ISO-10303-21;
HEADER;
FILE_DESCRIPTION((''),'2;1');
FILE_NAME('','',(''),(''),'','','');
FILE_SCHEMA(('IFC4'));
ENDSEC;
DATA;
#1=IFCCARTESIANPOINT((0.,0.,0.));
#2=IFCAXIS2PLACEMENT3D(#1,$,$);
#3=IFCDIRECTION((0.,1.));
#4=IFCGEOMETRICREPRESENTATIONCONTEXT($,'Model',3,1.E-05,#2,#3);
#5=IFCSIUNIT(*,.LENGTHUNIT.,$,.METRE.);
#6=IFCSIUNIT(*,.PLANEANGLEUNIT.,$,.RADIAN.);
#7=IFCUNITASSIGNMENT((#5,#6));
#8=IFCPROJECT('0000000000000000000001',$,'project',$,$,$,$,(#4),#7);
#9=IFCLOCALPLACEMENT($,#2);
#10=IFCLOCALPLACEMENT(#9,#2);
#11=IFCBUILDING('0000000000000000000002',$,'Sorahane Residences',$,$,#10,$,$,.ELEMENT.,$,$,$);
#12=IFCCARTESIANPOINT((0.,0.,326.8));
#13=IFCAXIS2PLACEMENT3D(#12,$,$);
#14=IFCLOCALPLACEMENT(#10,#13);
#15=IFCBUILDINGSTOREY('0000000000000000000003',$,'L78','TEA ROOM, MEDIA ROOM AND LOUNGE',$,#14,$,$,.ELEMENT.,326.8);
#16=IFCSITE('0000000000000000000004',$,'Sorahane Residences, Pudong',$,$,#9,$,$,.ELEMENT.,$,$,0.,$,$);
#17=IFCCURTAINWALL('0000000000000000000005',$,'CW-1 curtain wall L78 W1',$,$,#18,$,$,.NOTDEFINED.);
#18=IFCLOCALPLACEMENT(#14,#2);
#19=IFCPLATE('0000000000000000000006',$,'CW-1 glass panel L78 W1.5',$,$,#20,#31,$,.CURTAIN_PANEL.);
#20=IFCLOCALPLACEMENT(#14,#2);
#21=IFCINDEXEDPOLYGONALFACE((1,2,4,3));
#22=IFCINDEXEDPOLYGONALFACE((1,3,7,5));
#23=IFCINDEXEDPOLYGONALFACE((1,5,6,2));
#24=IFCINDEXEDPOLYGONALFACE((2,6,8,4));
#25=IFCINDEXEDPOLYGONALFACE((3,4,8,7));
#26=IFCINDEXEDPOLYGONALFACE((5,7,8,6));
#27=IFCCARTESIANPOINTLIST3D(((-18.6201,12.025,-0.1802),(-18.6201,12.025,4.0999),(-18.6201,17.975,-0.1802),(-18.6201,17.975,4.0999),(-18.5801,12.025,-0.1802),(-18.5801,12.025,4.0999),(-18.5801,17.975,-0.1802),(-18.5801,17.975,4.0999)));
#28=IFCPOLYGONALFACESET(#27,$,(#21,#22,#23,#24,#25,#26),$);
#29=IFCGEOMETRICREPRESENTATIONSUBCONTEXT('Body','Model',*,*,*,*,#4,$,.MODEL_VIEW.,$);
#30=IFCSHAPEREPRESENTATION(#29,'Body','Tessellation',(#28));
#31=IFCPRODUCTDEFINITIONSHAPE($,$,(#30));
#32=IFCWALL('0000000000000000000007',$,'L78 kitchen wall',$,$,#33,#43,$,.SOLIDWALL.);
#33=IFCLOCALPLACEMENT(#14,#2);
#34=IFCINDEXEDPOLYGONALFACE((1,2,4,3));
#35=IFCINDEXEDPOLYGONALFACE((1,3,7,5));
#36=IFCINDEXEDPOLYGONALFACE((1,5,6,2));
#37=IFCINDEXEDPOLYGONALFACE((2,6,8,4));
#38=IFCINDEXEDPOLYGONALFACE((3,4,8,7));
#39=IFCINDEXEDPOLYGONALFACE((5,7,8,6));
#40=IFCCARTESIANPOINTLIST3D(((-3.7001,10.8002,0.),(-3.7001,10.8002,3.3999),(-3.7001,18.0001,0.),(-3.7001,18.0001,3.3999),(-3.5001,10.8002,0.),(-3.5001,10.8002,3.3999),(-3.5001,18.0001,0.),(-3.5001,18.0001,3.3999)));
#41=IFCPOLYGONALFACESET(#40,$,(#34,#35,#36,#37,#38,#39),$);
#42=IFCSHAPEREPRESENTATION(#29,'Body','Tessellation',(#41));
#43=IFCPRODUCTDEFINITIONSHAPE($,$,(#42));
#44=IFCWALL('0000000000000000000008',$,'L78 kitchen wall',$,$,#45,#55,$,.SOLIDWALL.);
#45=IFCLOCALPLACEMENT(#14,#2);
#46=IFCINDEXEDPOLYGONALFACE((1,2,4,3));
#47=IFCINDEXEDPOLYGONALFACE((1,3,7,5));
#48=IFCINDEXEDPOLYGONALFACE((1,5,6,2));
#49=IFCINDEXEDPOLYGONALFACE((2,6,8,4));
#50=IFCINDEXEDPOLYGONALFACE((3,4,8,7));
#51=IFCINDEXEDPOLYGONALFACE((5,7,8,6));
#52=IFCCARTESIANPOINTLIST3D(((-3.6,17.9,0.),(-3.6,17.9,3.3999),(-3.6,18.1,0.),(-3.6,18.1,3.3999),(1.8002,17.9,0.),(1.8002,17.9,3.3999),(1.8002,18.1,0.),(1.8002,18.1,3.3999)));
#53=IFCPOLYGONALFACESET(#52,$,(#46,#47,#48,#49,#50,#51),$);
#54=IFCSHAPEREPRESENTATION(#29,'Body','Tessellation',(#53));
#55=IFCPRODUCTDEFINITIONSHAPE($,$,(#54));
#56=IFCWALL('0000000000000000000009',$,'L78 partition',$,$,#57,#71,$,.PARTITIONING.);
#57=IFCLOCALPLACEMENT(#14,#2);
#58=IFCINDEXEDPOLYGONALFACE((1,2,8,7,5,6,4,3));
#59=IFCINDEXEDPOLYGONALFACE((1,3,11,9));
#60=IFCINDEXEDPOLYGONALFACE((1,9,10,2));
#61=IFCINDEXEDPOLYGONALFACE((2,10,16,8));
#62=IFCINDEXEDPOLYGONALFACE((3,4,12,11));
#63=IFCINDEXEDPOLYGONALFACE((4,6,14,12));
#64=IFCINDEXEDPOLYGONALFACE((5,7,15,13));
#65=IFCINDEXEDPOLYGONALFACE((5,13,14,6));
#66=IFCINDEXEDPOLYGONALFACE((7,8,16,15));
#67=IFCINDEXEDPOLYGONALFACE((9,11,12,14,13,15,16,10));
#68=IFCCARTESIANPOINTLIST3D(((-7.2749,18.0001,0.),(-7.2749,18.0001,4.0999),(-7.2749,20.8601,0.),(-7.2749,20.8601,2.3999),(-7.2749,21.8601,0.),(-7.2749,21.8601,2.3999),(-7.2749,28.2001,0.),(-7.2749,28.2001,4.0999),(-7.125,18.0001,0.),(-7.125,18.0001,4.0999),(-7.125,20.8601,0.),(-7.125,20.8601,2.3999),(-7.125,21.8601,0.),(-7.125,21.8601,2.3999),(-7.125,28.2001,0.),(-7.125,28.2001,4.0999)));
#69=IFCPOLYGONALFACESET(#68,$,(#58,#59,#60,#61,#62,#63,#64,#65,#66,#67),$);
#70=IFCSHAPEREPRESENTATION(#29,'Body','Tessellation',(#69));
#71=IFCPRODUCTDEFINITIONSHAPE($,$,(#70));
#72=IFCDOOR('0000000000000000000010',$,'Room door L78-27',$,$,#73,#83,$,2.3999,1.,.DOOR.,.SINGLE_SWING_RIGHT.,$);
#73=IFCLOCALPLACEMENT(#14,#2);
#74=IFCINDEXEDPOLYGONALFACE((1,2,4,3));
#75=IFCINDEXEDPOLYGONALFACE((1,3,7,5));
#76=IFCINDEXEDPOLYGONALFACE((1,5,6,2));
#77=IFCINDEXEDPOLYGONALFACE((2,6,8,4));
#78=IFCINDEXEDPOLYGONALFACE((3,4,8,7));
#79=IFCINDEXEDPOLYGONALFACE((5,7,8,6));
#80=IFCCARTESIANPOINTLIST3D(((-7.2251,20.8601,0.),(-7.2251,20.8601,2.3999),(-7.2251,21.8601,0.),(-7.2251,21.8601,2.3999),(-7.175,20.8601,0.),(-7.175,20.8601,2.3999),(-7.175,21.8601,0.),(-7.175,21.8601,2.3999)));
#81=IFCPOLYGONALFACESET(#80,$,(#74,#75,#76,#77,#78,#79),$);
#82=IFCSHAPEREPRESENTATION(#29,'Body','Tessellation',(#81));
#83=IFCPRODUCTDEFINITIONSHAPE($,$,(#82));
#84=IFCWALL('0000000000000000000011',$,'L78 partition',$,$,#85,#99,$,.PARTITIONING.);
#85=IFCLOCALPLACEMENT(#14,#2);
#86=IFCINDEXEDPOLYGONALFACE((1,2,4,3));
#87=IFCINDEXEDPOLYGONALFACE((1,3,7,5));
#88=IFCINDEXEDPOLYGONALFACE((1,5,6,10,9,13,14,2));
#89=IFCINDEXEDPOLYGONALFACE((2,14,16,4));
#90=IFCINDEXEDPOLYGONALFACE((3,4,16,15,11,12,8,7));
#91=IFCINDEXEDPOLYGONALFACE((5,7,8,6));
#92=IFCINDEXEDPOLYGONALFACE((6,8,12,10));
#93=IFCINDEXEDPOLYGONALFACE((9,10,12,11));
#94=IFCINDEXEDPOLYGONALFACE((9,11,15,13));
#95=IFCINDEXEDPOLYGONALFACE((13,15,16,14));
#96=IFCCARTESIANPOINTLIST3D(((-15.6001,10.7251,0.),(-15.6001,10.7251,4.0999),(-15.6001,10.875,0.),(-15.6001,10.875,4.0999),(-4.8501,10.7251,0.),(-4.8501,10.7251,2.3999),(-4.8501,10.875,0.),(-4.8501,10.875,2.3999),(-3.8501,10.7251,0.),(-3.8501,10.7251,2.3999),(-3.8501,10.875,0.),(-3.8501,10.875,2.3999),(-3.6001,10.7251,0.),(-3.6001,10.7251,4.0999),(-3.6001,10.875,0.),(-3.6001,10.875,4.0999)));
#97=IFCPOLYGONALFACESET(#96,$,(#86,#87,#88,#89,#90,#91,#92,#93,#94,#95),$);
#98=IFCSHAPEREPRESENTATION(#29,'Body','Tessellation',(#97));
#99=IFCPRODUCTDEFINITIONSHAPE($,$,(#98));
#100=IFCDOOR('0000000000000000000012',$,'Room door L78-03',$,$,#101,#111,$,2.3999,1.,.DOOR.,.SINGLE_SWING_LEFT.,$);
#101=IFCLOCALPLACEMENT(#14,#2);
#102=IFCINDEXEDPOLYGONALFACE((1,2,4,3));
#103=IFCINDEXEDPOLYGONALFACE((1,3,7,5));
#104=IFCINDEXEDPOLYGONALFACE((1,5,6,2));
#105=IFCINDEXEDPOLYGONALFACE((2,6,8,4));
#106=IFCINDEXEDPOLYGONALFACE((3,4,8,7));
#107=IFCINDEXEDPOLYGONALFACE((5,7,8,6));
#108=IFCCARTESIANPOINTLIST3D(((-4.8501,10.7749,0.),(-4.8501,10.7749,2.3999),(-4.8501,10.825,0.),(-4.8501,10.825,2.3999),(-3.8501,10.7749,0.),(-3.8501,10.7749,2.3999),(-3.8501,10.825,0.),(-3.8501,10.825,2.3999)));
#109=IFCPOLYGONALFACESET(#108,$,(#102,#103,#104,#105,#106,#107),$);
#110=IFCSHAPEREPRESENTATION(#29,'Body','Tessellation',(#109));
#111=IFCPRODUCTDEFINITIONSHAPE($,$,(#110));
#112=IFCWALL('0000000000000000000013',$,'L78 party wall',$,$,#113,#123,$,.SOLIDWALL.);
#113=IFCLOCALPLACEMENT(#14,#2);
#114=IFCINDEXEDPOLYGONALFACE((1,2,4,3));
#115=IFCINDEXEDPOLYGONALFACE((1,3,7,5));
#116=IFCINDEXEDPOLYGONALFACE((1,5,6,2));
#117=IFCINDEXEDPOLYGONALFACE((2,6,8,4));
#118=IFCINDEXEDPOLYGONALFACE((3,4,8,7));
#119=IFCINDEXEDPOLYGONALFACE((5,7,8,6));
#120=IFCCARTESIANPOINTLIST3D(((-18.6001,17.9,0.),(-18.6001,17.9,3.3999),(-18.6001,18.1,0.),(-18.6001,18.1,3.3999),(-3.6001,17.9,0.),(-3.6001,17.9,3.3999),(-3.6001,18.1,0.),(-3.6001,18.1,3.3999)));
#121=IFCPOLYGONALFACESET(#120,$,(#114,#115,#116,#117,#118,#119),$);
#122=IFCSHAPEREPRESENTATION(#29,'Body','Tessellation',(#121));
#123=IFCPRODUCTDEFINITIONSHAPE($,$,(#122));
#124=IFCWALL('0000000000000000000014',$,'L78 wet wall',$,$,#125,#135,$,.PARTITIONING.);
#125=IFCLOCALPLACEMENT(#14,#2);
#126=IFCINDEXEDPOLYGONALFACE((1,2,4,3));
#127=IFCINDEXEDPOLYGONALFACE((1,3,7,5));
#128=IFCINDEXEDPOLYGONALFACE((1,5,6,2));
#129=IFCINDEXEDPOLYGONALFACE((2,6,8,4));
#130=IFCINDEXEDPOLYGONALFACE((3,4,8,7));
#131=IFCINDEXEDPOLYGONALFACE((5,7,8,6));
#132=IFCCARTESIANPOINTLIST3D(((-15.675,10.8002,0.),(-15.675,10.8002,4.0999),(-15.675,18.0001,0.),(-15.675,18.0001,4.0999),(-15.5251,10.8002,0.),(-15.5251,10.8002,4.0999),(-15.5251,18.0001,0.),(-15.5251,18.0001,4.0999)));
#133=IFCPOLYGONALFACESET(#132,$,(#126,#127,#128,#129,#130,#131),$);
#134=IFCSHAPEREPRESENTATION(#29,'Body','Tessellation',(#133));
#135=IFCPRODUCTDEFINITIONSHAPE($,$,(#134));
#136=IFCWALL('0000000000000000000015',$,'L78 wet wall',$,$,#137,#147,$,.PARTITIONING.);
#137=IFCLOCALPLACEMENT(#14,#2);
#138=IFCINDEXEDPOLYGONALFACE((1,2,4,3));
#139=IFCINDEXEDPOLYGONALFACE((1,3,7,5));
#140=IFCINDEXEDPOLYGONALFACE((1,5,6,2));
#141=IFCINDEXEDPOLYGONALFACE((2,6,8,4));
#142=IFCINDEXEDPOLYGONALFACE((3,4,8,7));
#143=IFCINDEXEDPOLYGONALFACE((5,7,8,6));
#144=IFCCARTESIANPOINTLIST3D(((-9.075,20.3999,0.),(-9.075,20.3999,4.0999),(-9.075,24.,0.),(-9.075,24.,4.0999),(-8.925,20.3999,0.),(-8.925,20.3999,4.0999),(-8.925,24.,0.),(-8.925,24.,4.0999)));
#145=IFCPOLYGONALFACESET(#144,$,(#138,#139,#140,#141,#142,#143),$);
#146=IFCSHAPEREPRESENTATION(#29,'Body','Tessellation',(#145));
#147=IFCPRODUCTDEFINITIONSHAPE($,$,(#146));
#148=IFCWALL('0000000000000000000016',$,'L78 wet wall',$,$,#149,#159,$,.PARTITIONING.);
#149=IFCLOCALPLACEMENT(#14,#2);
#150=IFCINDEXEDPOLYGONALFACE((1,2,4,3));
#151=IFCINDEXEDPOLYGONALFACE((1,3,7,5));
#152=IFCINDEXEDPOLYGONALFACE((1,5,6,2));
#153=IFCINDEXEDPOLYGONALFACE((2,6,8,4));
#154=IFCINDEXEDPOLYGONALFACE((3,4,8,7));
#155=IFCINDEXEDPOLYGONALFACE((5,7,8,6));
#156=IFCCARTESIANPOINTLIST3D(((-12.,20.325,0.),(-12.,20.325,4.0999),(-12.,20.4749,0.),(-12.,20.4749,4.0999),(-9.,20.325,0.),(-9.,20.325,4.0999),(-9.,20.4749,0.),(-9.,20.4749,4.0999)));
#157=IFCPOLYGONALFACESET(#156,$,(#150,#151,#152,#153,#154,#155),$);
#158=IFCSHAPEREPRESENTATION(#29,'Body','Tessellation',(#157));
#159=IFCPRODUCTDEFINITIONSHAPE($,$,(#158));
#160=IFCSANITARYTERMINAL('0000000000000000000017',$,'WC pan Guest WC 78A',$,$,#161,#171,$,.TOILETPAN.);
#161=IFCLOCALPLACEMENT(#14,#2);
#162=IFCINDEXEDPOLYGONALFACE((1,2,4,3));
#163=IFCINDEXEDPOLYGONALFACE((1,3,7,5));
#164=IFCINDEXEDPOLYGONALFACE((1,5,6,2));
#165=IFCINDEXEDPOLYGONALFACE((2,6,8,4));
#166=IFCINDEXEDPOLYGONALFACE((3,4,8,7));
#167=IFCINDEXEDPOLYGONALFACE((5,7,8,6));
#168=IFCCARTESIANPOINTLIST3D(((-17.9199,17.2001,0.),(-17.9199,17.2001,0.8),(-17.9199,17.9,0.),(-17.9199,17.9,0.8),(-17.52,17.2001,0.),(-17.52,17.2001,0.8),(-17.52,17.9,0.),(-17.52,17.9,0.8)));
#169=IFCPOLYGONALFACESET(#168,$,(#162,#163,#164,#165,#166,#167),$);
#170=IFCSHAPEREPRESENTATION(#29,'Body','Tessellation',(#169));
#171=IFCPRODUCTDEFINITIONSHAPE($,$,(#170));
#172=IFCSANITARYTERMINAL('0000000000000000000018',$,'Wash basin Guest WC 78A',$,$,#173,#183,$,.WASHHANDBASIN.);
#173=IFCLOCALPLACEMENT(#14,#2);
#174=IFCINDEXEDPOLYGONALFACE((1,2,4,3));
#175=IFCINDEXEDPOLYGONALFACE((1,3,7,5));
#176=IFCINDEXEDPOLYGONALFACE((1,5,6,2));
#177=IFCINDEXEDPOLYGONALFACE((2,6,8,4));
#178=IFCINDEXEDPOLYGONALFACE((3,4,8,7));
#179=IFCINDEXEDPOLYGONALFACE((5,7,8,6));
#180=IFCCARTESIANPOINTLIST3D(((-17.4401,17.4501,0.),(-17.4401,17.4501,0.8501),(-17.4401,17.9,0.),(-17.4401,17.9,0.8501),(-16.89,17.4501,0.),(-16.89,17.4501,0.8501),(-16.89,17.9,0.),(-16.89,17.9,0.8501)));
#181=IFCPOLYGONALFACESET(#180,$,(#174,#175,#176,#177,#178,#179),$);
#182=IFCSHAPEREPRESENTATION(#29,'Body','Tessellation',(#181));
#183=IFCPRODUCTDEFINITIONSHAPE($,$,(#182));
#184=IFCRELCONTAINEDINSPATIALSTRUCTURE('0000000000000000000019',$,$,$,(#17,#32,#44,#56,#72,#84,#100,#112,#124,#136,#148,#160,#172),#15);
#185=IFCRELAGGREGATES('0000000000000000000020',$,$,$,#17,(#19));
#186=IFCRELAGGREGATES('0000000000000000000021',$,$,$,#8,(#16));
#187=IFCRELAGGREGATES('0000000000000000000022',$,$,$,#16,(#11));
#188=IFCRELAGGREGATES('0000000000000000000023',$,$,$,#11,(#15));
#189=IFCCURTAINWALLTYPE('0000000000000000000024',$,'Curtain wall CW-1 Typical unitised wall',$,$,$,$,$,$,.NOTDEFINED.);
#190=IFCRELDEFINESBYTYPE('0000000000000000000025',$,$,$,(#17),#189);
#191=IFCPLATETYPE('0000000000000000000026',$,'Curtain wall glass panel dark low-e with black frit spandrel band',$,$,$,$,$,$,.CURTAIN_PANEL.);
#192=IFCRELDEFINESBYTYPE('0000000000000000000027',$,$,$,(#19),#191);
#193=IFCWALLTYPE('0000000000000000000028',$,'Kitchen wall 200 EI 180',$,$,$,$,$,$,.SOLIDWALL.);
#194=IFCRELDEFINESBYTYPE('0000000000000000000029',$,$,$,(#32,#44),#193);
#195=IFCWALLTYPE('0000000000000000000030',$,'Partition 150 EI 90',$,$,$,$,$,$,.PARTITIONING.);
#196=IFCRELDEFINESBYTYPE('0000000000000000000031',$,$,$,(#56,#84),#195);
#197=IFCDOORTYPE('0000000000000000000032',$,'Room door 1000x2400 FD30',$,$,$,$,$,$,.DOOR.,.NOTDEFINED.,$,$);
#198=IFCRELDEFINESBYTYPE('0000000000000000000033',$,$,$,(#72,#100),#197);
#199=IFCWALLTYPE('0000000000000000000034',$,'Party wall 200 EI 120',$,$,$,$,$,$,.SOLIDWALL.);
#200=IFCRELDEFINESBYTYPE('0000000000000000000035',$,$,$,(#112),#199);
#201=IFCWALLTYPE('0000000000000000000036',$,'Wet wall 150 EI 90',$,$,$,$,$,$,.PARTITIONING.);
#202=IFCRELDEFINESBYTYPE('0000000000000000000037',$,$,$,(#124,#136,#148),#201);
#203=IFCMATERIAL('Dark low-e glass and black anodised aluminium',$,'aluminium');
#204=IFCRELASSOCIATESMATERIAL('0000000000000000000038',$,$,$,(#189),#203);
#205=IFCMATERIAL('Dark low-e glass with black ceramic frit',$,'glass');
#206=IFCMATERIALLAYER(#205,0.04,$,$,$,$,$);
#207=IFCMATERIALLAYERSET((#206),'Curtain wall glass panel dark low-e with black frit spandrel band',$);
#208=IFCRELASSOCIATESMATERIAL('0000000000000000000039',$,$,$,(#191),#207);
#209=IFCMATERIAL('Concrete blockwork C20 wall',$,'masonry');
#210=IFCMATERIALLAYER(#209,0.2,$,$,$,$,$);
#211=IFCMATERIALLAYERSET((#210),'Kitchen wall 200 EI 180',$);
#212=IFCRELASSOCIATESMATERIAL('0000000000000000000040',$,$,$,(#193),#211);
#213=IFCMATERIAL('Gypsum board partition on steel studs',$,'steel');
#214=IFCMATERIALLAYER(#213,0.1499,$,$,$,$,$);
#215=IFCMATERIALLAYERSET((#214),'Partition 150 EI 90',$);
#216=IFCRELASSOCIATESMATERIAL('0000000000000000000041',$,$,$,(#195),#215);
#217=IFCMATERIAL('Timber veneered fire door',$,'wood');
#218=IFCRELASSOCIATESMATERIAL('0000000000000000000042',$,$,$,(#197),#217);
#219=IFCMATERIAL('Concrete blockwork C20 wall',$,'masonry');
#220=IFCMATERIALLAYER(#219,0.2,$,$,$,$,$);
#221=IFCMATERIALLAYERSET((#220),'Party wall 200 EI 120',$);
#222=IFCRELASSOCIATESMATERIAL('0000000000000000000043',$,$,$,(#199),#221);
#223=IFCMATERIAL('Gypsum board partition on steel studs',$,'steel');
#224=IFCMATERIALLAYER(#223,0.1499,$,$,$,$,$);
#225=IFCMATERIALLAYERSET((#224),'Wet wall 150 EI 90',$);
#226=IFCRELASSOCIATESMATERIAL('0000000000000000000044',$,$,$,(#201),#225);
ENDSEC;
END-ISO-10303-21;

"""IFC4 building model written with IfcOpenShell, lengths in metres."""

from ifc_helpers import new_model, si_unit, direction, frame, frame_2d, origin, origin_2d, place, context, subcontext, project, spatial, rectangle, extrude, material, layer, layer_set, type_object, element, fill, aggregate, save


model = new_model("IFC4")

# Units and contexts
model_context = context("Model", 3, precision=1e-05, world=origin(), true_north=direction((0.0, 1.0)))
body_context = subcontext(model_context, "Body", "Model", "MODEL_VIEW")
ifc_project = project(units=[si_unit("LENGTHUNIT", "METRE"), si_unit("PLANEANGLEUNIT", "RADIAN")], contexts=[model_context])

# Site, building, storey
site_placement = place(None, origin())
site = spatial("IfcSite", under=ifc_project, at=site_placement, Name="Sorahane Residences, Pudong", CompositionType="ELEMENT", RefElevation=0.0)
building_placement = place(site_placement, origin())
building = spatial("IfcBuilding", under=site, at=building_placement, Name="Sorahane Residences", CompositionType="ELEMENT")
storey_placement = place(building_placement, frame((0.0, 0.0, 326.8)))
storey = spatial("IfcBuildingStorey", under=building, at=storey_placement, Name="L78", Description="TEA ROOM, MEDIA ROOM AND LOUNGE", CompositionType="ELEMENT", Elevation=326.8)

# Curtain wall
ifc_material_1 = material(Name="Dark low-e glass and black anodised aluminium", Category="aluminium")
curtain_wall_type = type_object("IfcCurtainWallType", Name="Curtain wall CW-1 Typical unitised wall", PredefinedType="NOTDEFINED", material=ifc_material_1)
curtain_wall_placement = place(storey_placement, origin())
curtain_wall = element("IfcCurtainWall", 1, at=curtain_wall_placement, inside=storey, type_object=curtain_wall_type, Name="CW-1 curtain wall L78 W1", PredefinedType="NOTDEFINED")

# Plate
ifc_material_2 = material(Name="Dark low-e glass with black ceramic frit", Category="glass")
ifc_layer_1 = layer(ifc_material_2, 0.04)
ifc_layer_set_1 = layer_set([ifc_layer_1], Name="Curtain wall glass panel dark low-e with black frit spandrel band")
plate_type = type_object("IfcPlateType", Name="Curtain wall glass panel dark low-e with black frit spandrel band", PredefinedType="CURTAIN_PANEL", material=ifc_layer_set_1)
plate_placement = place(storey_placement, frame((-18.6001, 15.0, -0.1802), z_axis=(0.0, 0.0, 1.0), x_axis=(0.0, -1.0, 0.0)))
plate = element("IfcPlate", 2, at=plate_placement, type_object=plate_type, Name="CW-1 glass panel L78 W1.5", PredefinedType="CURTAIN_PANEL", context=body_context, shape_type="SweptSolid", body=[
    extrude(rectangle(XDim=5.95, YDim=0.04, at=origin_2d()), origin(), (0.0, 0.0, 1.0), 4.28),
])
aggregate(curtain_wall, [plate])

# Wall
ifc_material_3 = material(Name="Concrete blockwork C20 wall", Category="masonry")
ifc_layer_2 = layer(ifc_material_3, 0.2)
ifc_layer_set_2 = layer_set([ifc_layer_2], Name="Kitchen wall 200 EI 180")
wall_type_1 = type_object("IfcWallType", Name="Kitchen wall 200 EI 180", PredefinedType="SOLIDWALL", material=ifc_layer_set_2)
wall_1_placement = place(storey_placement, frame((-3.6001, 10.8, 0.0), z_axis=(0.0, 0.0, 1.0), x_axis=(0.0, 1.0, 0.0)))
element("IfcWall", 3, at=wall_1_placement, inside=storey, type_object=wall_type_1, Name="L78 kitchen wall", PredefinedType="SOLIDWALL", context=body_context, shape_type="SweptSolid", body=[
    extrude(rectangle(XDim=7.2, YDim=0.2, at=frame_2d((3.6001, 0.0))), origin(), (0.0, 0.0, 1.0), 3.3999),
])

# Wall
wall_2_placement = place(storey_placement, frame((-3.6001, 18.0, 0.0), z_axis=(0.0, 0.0, 1.0), x_axis=(1.0, 0.0, 0.0)))
element("IfcWall", 4, at=wall_2_placement, inside=storey, type_object=wall_type_1, Name="L78 kitchen wall", PredefinedType="SOLIDWALL", context=body_context, shape_type="SweptSolid", body=[
    extrude(rectangle(XDim=5.4001, YDim=0.2, at=frame_2d((2.7002, 0.0))), origin(), (0.0, 0.0, 1.0), 3.3999),
])

# Walls, openings, doors
ifc_material_4 = material(Name="Gypsum board partition on steel studs", Category="steel")
ifc_layer_3 = layer(ifc_material_4, 0.1499)
ifc_layer_set_3 = layer_set([ifc_layer_3], Name="Partition 150 EI 90")
wall_type_2 = type_object("IfcWallType", Name="Partition 150 EI 90", PredefinedType="PARTITIONING", material=ifc_layer_set_3)
ifc_material_5 = material(Name="Timber veneered fire door", Category="wood")
door_type_1 = type_object("IfcDoorType", Name="Room door 1000x2400 FD30", OperationType="NOTDEFINED", PredefinedType="DOOR", material=ifc_material_5)
wall_3_placement = place(storey_placement, frame((-7.2, 18.0, 0.0), z_axis=(0.0, 0.0, 1.0), x_axis=(0.0, 1.0, 0.0)))
wall_3 = element("IfcWall", 5, at=wall_3_placement, inside=storey, type_object=wall_type_2, Name="L78 partition", PredefinedType="PARTITIONING", context=body_context, shape_type="SweptSolid", body=[
    extrude(rectangle(XDim=10.2, YDim=0.1499, at=frame_2d((5.1001, 0.0))), origin(), (0.0, 0.0, 1.0), 4.0999),
])
opening_1_placement = place(wall_3_placement, frame((2.8601, 0.0, 0.0)))
opening_1 = element("IfcOpeningElement", 6, at=opening_1_placement, cuts=wall_3, PredefinedType="OPENING", context=body_context, shape_type="SweptSolid", body=[
    extrude(rectangle(XDim=1.0, YDim=2.3999, at=frame_2d((0.5, 1.2))), frame((0.0, 0.085, 0.0), z_axis=(0.0, -1.0, 0.0), x_axis=(1.0, 0.0, 0.0)), (0.0, 0.0, 1.0), 0.1699),
])
door_1_placement = place(opening_1_placement, frame((1.0, 0.0, 0.0), z_axis=(0.0, 0.0, 1.0), x_axis=(-1.0, 0.0, 0.0)))
door_1 = element("IfcDoor", 7, at=door_1_placement, inside=storey, type_object=door_type_1, Name="Room door L78-27", OperationType="SINGLE_SWING_RIGHT", OverallHeight=2.3999, OverallWidth=1.0, PredefinedType="DOOR", context=body_context, shape_type="SweptSolid", body=[
    extrude(rectangle(XDim=1.0, YDim=2.3999, at=frame_2d((0.5, 1.2))), frame((0.0, 0.0249, 0.0), z_axis=(0.0, -1.0, 0.0), x_axis=(1.0, 0.0, 0.0)), (0.0, 0.0, 1.0), 0.05),
])
fill(opening_1, door_1)
wall_4_placement = place(storey_placement, frame((-15.6001, 10.8, 0.0), z_axis=(0.0, 0.0, 1.0), x_axis=(1.0, 0.0, 0.0)))
wall_4 = element("IfcWall", 8, at=wall_4_placement, inside=storey, type_object=wall_type_2, Name="L78 partition", PredefinedType="PARTITIONING", context=body_context, shape_type="SweptSolid", body=[
    extrude(rectangle(XDim=12.0, YDim=0.1499, at=frame_2d((6.0, 0.0))), origin(), (0.0, 0.0, 1.0), 4.0999),
])
opening_2_placement = place(wall_4_placement, frame((10.75, 0.0, 0.0)))
opening_2 = element("IfcOpeningElement", 9, at=opening_2_placement, cuts=wall_4, PredefinedType="OPENING", context=body_context, shape_type="SweptSolid", body=[
    extrude(rectangle(XDim=1.0, YDim=2.3999, at=frame_2d((0.5, 1.2))), frame((0.0, 0.085, 0.0), z_axis=(0.0, -1.0, 0.0), x_axis=(1.0, 0.0, 0.0)), (0.0, 0.0, 1.0), 0.1699),
])
door_2_placement = place(opening_2_placement, origin())
door_2 = element("IfcDoor", 10, at=door_2_placement, inside=storey, type_object=door_type_1, Name="Room door L78-03", OperationType="SINGLE_SWING_LEFT", OverallHeight=2.3999, OverallWidth=1.0, PredefinedType="DOOR", context=body_context, shape_type="SweptSolid", body=[
    extrude(rectangle(XDim=1.0, YDim=2.3999, at=frame_2d((0.5, 1.2))), frame((0.0, 0.0249, 0.0), z_axis=(0.0, -1.0, 0.0), x_axis=(1.0, 0.0, 0.0)), (0.0, 0.0, 1.0), 0.05),
])
fill(opening_2, door_2)

# Wall
ifc_material_6 = material(Name="Concrete blockwork C20 wall", Category="masonry")
ifc_layer_4 = layer(ifc_material_6, 0.2)
ifc_layer_set_4 = layer_set([ifc_layer_4], Name="Party wall 200 EI 120")
wall_type_3 = type_object("IfcWallType", Name="Party wall 200 EI 120", PredefinedType="SOLIDWALL", material=ifc_layer_set_4)
wall_5_placement = place(storey_placement, frame((-18.6001, 18.0, 0.0), z_axis=(0.0, 0.0, 1.0), x_axis=(1.0, 0.0, 0.0)))
element("IfcWall", 11, at=wall_5_placement, inside=storey, type_object=wall_type_3, Name="L78 party wall", PredefinedType="SOLIDWALL", context=body_context, shape_type="SweptSolid", body=[
    extrude(rectangle(XDim=15.0, YDim=0.2, at=frame_2d((7.5, 0.0))), origin(), (0.0, 0.0, 1.0), 3.3999),
])

# Shared definitions
ifc_material_7 = material(Name="Gypsum board partition on steel studs", Category="steel")
ifc_layer_5 = layer(ifc_material_7, 0.1499)
ifc_layer_set_5 = layer_set([ifc_layer_5], Name="Wet wall 150 EI 90")
wall_type_4 = type_object("IfcWallType", Name="Wet wall 150 EI 90", PredefinedType="PARTITIONING", material=ifc_layer_set_5)

# Walls
wall_6_placement = place(storey_placement, frame((-15.6001, 10.8, 0.0), z_axis=(0.0, 0.0, 1.0), x_axis=(0.0, 1.0, 0.0)))
element("IfcWall", 12, at=wall_6_placement, inside=storey, type_object=wall_type_4, Name="L78 wet wall", PredefinedType="PARTITIONING", context=body_context, shape_type="SweptSolid", body=[
    extrude(rectangle(XDim=7.2, YDim=0.1499, at=frame_2d((3.6001, 0.0))), origin(), (0.0, 0.0, 1.0), 4.0999),
])
wall_7_placement = place(storey_placement, frame((-9.0, 20.3999, 0.0), z_axis=(0.0, 0.0, 1.0), x_axis=(0.0, 1.0, 0.0)))
element("IfcWall", 13, at=wall_7_placement, inside=storey, type_object=wall_type_4, Name="L78 wet wall", PredefinedType="PARTITIONING", context=body_context, shape_type="SweptSolid", body=[
    extrude(rectangle(XDim=3.6001, YDim=0.1499, at=frame_2d((1.8, 0.0))), origin(), (0.0, 0.0, 1.0), 4.0999),
])
wall_8_placement = place(storey_placement, frame((-12.0, 20.3999, 0.0), z_axis=(0.0, 0.0, 1.0), x_axis=(1.0, 0.0, 0.0)))
element("IfcWall", 14, at=wall_8_placement, inside=storey, type_object=wall_type_4, Name="L78 wet wall", PredefinedType="PARTITIONING", context=body_context, shape_type="SweptSolid", body=[
    extrude(rectangle(XDim=3.0, YDim=0.1499, at=frame_2d((1.5, 0.0))), origin(), (0.0, 0.0, 1.0), 4.0999),
])

# Sanitary terminals
sanitary_terminal_1_placement = place(storey_placement, frame((-17.72, 17.55, 0.0), z_axis=(0.0, 0.0, 1.0), x_axis=(1.0, 0.0, 0.0)))
element("IfcSanitaryTerminal", 15, at=sanitary_terminal_1_placement, inside=storey, Name="WC pan Guest WC 78A", PredefinedType="TOILETPAN", context=body_context, shape_type="SweptSolid", body=[
    extrude(rectangle(XDim=0.3999, YDim=0.7, at=origin_2d()), origin(), (0.0, 0.0, 1.0), 0.8),
])
sanitary_terminal_2_placement = place(storey_placement, frame((-17.165, 17.675, 0.0), z_axis=(0.0, 0.0, 1.0), x_axis=(1.0, 0.0, 0.0)))
element("IfcSanitaryTerminal", 16, at=sanitary_terminal_2_placement, inside=storey, Name="Wash basin Guest WC 78A", PredefinedType="WASHHANDBASIN", context=body_context, shape_type="SweptSolid", body=[
    extrude(rectangle(XDim=0.55, YDim=0.45, at=origin_2d()), origin(), (0.0, 0.0, 1.0), 0.8501),
])

save(model, "model.ifc")
